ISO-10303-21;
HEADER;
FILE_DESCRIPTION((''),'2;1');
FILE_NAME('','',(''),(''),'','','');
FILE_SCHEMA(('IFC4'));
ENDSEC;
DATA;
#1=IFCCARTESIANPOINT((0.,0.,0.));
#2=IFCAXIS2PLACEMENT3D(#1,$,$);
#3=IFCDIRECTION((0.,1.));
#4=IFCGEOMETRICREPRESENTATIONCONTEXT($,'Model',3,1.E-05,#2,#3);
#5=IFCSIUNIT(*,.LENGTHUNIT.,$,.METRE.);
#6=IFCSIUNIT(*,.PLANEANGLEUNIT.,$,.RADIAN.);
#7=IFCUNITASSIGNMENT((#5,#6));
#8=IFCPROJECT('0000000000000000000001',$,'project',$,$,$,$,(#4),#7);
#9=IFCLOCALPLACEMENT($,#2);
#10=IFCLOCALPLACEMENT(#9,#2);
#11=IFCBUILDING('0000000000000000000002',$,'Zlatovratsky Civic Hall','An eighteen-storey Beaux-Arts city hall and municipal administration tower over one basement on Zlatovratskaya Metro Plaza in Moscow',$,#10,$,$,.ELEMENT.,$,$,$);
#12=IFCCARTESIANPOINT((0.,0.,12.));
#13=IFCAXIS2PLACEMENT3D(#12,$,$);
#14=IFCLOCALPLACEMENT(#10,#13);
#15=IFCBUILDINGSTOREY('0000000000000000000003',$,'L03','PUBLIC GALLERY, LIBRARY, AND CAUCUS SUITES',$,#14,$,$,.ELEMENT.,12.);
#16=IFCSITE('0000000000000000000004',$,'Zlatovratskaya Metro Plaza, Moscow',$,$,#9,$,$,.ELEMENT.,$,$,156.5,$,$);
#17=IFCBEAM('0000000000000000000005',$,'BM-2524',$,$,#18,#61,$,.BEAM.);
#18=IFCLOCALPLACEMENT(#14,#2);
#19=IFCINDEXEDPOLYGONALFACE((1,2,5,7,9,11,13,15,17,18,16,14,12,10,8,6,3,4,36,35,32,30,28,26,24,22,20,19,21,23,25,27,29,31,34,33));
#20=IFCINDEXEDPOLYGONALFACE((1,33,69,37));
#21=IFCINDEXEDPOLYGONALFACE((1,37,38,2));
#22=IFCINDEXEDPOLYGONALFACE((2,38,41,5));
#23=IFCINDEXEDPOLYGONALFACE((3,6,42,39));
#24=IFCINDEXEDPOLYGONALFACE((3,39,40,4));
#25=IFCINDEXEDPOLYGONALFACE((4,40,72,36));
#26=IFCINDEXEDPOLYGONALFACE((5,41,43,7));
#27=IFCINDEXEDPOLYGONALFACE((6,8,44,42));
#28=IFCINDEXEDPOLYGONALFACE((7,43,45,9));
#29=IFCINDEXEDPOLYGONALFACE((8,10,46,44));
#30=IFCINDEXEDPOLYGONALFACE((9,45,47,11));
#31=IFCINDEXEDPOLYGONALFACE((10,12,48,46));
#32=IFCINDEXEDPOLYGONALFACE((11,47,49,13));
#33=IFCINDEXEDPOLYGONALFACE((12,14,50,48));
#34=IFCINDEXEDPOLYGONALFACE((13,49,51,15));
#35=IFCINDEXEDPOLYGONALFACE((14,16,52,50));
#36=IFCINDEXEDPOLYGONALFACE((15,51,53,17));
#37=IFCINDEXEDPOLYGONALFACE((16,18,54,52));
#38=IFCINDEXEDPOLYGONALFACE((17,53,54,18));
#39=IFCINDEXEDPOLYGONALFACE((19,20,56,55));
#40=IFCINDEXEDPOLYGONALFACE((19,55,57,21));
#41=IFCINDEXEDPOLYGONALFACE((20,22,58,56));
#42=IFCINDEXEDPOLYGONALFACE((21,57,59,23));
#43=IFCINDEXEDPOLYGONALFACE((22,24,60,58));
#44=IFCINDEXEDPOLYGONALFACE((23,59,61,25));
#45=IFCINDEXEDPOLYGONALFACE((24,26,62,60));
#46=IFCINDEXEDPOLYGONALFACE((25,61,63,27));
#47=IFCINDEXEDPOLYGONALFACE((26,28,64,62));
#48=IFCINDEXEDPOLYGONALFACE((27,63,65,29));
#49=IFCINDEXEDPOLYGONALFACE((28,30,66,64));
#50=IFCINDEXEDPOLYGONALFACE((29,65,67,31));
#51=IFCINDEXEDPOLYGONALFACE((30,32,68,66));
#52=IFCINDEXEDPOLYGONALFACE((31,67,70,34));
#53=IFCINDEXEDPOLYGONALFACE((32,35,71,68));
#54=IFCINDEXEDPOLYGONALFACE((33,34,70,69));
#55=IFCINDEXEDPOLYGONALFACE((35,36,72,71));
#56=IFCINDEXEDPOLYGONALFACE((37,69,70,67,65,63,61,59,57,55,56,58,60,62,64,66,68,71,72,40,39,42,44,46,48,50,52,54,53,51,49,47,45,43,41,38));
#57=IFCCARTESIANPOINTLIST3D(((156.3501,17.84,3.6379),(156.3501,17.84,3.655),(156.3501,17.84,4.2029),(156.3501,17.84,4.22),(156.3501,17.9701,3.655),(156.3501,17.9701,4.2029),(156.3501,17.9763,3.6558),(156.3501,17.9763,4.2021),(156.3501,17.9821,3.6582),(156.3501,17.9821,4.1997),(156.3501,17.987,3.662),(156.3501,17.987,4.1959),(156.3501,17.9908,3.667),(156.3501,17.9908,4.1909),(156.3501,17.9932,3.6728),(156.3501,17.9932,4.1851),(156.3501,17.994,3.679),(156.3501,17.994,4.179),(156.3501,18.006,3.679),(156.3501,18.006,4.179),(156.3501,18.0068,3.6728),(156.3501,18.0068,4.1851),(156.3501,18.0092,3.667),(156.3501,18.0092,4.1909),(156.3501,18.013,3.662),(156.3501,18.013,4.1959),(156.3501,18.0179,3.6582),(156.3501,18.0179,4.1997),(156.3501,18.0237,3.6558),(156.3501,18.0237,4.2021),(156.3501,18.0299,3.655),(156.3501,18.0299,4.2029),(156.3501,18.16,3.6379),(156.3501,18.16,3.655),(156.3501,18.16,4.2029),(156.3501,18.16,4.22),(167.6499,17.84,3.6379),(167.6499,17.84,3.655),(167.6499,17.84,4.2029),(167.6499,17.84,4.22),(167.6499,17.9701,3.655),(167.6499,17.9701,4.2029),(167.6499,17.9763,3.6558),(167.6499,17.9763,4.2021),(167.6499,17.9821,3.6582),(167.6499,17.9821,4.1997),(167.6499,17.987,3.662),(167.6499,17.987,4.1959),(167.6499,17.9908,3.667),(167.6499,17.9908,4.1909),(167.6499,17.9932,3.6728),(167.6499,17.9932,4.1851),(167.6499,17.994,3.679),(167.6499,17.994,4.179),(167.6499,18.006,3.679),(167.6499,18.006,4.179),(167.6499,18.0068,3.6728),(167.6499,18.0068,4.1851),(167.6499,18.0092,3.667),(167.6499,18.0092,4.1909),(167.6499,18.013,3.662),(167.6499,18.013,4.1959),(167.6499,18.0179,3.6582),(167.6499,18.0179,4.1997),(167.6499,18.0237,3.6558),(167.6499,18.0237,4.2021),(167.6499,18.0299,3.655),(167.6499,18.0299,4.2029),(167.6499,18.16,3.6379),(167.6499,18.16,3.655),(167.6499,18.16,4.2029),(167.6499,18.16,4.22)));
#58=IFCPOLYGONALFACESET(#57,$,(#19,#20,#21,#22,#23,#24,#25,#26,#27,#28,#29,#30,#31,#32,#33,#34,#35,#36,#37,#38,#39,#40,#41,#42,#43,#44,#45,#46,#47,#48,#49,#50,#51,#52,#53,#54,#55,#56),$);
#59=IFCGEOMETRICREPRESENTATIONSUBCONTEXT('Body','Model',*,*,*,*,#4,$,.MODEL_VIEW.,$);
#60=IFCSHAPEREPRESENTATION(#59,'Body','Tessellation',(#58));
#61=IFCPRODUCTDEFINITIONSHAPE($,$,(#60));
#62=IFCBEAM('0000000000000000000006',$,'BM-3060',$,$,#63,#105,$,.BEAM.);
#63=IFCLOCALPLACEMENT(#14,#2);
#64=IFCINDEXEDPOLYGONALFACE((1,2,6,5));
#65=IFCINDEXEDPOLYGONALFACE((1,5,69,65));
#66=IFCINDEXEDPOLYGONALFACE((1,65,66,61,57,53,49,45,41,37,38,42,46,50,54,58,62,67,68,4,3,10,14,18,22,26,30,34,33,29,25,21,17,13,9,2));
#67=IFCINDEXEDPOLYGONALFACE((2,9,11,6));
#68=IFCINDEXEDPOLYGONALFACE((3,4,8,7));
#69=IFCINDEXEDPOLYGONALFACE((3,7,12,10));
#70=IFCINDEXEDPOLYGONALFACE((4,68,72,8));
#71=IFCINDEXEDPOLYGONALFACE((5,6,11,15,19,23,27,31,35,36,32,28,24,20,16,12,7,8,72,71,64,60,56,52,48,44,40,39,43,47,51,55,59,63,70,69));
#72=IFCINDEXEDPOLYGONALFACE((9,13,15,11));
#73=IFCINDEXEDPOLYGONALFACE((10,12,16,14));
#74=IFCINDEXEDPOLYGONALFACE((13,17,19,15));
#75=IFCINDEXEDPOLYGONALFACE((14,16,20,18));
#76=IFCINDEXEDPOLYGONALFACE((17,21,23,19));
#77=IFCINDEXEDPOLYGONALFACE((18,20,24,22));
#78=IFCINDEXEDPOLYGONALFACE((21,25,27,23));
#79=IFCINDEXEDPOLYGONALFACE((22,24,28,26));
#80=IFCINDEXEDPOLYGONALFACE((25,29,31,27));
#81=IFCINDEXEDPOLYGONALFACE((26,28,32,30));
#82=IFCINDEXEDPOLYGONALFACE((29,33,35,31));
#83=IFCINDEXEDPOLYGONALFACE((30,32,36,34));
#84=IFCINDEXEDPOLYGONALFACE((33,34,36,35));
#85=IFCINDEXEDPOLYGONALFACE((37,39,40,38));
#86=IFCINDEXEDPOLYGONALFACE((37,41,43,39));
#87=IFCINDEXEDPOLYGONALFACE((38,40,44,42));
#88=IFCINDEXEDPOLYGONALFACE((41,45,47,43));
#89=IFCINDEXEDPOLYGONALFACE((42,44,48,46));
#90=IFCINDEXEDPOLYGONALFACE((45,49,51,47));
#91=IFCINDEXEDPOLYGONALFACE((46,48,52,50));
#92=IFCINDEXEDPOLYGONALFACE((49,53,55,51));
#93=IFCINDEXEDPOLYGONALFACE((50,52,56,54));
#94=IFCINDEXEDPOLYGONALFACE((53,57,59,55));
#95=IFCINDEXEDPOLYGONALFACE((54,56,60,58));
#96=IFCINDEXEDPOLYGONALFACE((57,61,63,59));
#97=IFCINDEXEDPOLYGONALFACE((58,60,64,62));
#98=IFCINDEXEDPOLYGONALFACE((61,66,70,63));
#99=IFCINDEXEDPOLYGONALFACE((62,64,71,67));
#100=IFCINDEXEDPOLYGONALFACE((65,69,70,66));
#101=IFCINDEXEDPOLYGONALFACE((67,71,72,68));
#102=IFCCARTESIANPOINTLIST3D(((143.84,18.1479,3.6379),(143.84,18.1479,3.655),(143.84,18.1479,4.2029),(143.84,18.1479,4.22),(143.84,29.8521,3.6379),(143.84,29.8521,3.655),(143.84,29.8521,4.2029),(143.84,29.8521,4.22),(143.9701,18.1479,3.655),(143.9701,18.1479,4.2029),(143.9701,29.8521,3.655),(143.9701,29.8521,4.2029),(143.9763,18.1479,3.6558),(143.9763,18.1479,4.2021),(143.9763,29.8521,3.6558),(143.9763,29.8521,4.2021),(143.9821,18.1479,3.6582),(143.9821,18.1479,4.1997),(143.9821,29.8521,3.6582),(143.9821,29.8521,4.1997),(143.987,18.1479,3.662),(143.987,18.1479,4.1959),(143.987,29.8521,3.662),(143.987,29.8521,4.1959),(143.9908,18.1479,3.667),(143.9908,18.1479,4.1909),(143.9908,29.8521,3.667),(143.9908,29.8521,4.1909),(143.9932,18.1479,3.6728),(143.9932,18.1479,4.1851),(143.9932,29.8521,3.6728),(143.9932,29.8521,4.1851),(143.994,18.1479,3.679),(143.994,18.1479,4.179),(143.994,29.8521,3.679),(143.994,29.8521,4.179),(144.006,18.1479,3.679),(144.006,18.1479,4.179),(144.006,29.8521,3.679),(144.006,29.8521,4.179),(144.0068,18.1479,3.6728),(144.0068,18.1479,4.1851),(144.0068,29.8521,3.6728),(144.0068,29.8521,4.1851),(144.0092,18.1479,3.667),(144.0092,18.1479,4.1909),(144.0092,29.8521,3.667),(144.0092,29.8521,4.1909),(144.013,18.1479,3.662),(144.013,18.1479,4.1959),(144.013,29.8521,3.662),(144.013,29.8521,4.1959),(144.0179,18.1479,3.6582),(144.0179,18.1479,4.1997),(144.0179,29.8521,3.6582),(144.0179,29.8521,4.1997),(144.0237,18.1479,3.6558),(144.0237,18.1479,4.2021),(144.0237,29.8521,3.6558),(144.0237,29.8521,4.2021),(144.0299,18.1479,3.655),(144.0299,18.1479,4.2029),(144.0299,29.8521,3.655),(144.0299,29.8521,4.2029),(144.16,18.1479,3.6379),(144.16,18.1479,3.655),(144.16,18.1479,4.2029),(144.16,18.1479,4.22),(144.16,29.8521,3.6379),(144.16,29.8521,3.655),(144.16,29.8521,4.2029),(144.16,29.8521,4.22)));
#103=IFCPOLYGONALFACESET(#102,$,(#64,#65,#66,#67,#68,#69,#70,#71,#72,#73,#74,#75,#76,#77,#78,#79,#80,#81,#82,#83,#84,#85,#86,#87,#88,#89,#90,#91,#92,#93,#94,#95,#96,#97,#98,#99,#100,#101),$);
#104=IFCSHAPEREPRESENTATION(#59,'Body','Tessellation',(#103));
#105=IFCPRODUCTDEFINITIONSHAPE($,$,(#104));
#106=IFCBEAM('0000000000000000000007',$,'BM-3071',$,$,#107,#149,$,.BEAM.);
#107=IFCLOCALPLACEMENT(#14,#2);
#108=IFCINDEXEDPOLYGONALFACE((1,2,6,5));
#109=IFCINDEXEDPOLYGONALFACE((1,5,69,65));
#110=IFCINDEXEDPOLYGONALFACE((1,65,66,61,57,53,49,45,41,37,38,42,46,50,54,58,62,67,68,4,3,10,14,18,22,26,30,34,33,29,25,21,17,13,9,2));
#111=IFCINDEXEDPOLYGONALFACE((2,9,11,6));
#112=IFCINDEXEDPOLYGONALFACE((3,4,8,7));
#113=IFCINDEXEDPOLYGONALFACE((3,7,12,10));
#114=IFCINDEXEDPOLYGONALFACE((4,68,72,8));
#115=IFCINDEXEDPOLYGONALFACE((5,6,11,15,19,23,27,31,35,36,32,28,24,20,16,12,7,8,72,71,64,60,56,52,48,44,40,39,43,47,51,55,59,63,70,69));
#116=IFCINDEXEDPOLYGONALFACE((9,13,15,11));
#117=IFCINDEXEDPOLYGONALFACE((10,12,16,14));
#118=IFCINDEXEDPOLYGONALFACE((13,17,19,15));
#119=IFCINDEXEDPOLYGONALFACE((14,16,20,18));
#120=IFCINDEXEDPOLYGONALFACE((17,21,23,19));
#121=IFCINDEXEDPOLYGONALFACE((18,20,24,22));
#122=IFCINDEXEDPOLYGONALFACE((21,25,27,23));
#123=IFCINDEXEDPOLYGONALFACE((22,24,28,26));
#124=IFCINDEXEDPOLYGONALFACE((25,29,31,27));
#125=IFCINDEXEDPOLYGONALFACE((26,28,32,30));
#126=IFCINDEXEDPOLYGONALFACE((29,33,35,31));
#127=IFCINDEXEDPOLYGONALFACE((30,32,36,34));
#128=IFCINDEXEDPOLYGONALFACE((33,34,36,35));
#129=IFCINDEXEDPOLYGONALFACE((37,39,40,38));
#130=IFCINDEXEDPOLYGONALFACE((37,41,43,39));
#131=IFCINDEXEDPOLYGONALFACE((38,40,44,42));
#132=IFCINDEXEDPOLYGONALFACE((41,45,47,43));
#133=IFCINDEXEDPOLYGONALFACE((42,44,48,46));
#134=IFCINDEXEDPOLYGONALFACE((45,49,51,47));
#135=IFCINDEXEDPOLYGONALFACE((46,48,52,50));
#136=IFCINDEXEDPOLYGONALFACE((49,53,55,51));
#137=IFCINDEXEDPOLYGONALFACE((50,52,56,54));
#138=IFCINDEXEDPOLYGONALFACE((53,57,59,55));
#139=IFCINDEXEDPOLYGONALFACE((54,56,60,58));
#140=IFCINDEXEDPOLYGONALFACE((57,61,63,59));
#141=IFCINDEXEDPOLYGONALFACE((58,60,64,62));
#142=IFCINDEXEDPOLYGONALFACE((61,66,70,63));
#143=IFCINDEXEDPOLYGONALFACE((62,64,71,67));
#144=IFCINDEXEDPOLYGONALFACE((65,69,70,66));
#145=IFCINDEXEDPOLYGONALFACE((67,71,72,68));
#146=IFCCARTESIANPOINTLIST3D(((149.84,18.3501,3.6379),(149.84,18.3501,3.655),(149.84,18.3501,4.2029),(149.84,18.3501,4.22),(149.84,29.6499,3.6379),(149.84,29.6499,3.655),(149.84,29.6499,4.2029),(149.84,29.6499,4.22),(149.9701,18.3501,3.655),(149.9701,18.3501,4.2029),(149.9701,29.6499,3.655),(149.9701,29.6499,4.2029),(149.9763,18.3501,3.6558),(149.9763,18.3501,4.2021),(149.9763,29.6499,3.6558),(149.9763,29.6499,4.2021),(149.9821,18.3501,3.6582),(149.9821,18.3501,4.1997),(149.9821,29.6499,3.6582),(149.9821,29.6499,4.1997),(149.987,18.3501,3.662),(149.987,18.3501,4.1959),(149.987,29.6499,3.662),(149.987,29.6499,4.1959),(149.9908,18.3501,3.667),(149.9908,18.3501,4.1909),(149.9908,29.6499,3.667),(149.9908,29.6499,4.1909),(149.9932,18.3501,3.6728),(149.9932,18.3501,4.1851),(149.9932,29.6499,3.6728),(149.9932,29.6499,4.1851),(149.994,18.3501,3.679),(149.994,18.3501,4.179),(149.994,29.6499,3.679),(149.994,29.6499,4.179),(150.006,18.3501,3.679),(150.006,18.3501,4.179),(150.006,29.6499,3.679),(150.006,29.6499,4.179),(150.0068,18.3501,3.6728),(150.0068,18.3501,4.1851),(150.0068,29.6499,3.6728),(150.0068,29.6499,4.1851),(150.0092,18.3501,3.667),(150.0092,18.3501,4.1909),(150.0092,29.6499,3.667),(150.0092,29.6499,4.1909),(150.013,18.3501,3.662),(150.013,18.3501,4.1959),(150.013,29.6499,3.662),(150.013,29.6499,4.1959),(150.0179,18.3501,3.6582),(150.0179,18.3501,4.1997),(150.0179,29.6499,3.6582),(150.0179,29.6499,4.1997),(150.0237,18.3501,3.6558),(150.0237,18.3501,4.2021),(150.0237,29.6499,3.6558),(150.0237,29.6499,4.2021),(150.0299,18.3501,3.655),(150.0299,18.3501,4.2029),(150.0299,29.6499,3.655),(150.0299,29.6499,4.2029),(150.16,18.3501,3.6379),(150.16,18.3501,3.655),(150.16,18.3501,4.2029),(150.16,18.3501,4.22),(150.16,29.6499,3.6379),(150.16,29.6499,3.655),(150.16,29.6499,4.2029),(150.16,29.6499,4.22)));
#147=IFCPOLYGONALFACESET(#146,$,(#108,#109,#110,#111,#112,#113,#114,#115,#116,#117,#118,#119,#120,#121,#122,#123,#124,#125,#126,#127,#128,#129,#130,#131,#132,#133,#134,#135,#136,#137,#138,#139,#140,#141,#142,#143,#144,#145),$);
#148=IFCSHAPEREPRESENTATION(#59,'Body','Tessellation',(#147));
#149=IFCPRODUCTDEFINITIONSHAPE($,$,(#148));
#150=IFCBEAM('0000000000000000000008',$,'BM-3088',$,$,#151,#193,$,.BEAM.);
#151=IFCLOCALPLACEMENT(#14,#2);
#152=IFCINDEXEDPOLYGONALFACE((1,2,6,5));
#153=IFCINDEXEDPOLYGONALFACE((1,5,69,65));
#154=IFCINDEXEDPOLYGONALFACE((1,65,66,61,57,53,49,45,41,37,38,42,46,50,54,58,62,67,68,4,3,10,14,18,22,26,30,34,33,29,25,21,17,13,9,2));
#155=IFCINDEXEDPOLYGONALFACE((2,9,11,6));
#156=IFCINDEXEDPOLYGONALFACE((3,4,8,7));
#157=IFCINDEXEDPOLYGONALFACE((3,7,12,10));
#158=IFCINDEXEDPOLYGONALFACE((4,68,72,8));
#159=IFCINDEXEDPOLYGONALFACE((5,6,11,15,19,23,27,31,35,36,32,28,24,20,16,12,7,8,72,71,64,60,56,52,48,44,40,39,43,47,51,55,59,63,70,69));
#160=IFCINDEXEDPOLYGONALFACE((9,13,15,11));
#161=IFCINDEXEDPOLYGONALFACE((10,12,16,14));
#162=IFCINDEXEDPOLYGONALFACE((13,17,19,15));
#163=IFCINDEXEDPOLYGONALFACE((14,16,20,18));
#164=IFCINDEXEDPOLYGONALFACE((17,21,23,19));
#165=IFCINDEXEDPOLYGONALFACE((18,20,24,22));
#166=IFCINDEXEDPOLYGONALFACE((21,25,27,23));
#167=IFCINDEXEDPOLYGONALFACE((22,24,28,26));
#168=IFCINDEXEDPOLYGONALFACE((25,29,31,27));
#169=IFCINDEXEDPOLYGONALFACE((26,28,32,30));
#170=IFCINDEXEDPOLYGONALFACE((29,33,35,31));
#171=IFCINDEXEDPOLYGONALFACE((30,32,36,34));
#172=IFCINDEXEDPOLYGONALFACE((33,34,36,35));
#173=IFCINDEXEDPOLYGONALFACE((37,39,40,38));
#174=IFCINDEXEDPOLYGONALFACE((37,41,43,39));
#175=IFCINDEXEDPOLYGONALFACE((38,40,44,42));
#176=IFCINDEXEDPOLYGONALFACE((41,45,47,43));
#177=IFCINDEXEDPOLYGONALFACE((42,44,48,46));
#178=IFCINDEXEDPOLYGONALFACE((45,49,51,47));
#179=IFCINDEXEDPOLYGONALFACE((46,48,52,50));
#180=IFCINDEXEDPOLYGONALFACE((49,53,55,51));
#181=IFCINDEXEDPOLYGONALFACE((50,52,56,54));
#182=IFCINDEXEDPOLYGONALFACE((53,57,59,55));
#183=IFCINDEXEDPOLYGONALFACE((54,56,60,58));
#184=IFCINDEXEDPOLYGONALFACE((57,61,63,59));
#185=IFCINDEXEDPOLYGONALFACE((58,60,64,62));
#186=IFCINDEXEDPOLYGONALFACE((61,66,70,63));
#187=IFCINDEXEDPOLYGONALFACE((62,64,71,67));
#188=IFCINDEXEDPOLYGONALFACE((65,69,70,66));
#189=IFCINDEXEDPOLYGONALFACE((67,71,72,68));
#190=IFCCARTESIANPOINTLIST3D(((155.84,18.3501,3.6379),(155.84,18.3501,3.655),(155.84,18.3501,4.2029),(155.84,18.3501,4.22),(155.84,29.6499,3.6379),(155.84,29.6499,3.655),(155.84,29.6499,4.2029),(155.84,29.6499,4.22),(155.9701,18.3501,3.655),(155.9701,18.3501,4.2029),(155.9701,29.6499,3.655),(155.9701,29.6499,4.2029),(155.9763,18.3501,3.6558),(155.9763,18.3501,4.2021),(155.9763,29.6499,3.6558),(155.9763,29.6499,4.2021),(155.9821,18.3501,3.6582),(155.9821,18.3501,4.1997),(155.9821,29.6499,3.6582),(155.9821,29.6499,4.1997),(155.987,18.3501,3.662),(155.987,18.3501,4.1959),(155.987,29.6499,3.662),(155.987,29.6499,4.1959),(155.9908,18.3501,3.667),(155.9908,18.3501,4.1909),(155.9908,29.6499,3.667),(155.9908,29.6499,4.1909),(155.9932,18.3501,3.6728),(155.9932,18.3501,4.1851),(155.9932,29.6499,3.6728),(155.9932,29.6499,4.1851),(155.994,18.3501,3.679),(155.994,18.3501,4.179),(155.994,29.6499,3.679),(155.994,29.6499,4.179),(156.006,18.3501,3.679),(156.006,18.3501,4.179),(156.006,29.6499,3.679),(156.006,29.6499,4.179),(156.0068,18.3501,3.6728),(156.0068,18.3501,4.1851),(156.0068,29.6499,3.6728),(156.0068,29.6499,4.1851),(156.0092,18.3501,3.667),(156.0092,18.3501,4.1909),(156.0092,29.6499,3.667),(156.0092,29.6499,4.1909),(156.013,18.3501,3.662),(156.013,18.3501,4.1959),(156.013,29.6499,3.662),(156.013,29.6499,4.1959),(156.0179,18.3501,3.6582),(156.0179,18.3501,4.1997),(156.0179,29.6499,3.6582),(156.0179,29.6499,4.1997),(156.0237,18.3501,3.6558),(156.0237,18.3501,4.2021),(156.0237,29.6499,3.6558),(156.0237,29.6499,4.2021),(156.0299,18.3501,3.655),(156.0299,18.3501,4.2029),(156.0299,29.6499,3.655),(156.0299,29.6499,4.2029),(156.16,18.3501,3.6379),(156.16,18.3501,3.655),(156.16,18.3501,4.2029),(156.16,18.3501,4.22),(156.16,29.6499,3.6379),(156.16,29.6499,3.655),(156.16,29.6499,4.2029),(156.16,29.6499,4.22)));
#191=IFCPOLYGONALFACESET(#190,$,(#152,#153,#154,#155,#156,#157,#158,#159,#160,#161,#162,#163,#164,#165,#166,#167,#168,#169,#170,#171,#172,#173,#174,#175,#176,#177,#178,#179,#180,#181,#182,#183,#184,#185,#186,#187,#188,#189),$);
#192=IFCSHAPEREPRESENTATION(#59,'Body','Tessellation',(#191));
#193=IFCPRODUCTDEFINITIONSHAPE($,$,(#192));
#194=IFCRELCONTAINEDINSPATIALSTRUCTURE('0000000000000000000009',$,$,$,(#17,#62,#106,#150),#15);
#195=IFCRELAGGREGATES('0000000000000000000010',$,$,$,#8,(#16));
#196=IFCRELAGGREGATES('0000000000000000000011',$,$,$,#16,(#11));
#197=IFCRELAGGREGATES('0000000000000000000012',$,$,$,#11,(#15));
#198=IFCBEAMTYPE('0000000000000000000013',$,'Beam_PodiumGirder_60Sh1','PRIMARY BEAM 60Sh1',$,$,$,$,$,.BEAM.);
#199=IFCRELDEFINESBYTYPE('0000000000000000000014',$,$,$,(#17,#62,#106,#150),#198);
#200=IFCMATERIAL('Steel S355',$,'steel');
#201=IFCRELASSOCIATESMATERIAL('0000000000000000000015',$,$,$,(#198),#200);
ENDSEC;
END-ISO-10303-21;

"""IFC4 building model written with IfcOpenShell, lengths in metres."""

from ifc_helpers import new_model, si_unit, direction, frame, origin, origin_2d, place, context, subcontext, project, spatial, i_section, extrude, material, material_profile, profile_set, type_object, element, save


model = new_model("IFC4")

# Units and contexts
model_context = context("Model", 3, precision=1e-05, world=origin(), true_north=direction((0.0, 1.0)))
body_context = subcontext(model_context, "Body", "Model", "MODEL_VIEW")
ifc_project = project(units=[si_unit("LENGTHUNIT", "METRE"), si_unit("PLANEANGLEUNIT", "RADIAN")], contexts=[model_context])

# Site, building, storey
site_placement = place(None, origin())
site = spatial("IfcSite", under=ifc_project, at=site_placement, Name="Zlatovratskaya Metro Plaza, Moscow", CompositionType="ELEMENT", RefElevation=156.5)
building_placement = place(site_placement, origin())
building = spatial("IfcBuilding", under=site, at=building_placement, Name="Zlatovratsky Civic Hall", Description="An eighteen-storey Beaux-Arts city hall and municipal administration tower over one basement on Zlatovratskaya Metro Plaza in Moscow", CompositionType="ELEMENT")
storey_placement = place(building_placement, frame((0.0, 0.0, 12.0)))
storey = spatial("IfcBuildingStorey", under=building, at=storey_placement, Name="L03", Description="PUBLIC GALLERY, LIBRARY, AND CAUCUS SUITES", CompositionType="ELEMENT", Elevation=12.0)

# Shared definitions
ifc_material_1 = material(Name="Steel S355", Category="steel")

# Beams
ifc_material_profile_1 = material_profile(ifc_material_1, i_section(OverallWidth=0.3201, OverallDepth=0.582, WebThickness=0.012, FlangeThickness=0.0171, FilletRadius=0.0239, at=origin_2d()), Name="60Sh1")
ifc_profile_set_1 = profile_set([ifc_material_profile_1], Name="Steel S355")
beam_type_1 = type_object("IfcBeamType", Name="Beam_PodiumGirder_60Sh1", Description="PRIMARY BEAM 60Sh1", PredefinedType="BEAM", material=ifc_profile_set_1)
beam_1_placement = place(storey_placement, frame((156.3501, 18.0, 3.929), z_axis=(1.0, 0.0, 0.0), x_axis=(0.0, 1.0, 0.0)))
element("IfcBeam", 1, at=beam_1_placement, inside=storey, type_object=beam_type_1, Name="BM-2524", PredefinedType="BEAM", context=body_context, shape_type="SweptSolid", body=[
    extrude(i_section(OverallWidth=0.3201, OverallDepth=0.582, WebThickness=0.012, FlangeThickness=0.0171, FilletRadius=0.0239, at=origin_2d()), origin(), (0.0, 0.0, 1.0), 11.2998),
])
beam_2_placement = place(storey_placement, frame((144.0, 18.1479, 3.929), z_axis=(0.0, 1.0, 0.0), x_axis=(-1.0, 0.0, 0.0)))
element("IfcBeam", 2, at=beam_2_placement, inside=storey, type_object=beam_type_1, Name="BM-3060", PredefinedType="BEAM", context=body_context, shape_type="SweptSolid", body=[
    extrude(i_section(OverallWidth=0.3201, OverallDepth=0.582, WebThickness=0.012, FlangeThickness=0.0171, FilletRadius=0.0239, at=origin_2d()), origin(), (0.0, 0.0, 1.0), 11.7041),
])
for number, where, z_axis, x_axis, name in (
    (3, (150.0, 18.3501, 3.929), (0.0, 1.0, 0.0), (-1.0, 0.0, 0.0), "BM-3071"),
    (4, (156.0, 18.3501, 3.929), (0.0, 1.0, 0.0), (-1.0, 0.0, 0.0), "BM-3088"),
):
    element("IfcBeam", number, at=place(storey_placement, frame(where, z_axis=z_axis, x_axis=x_axis)), inside=storey, type_object=beam_type_1, Name=name, PredefinedType="BEAM", context=body_context, shape_type="SweptSolid", body=[
        extrude(i_section(OverallWidth=0.3201, OverallDepth=0.582, WebThickness=0.012, FlangeThickness=0.0171, FilletRadius=0.0239, at=origin_2d()), origin(), (0.0, 0.0, 1.0), 11.2998),
    ])

save(model, "model.ifc")
